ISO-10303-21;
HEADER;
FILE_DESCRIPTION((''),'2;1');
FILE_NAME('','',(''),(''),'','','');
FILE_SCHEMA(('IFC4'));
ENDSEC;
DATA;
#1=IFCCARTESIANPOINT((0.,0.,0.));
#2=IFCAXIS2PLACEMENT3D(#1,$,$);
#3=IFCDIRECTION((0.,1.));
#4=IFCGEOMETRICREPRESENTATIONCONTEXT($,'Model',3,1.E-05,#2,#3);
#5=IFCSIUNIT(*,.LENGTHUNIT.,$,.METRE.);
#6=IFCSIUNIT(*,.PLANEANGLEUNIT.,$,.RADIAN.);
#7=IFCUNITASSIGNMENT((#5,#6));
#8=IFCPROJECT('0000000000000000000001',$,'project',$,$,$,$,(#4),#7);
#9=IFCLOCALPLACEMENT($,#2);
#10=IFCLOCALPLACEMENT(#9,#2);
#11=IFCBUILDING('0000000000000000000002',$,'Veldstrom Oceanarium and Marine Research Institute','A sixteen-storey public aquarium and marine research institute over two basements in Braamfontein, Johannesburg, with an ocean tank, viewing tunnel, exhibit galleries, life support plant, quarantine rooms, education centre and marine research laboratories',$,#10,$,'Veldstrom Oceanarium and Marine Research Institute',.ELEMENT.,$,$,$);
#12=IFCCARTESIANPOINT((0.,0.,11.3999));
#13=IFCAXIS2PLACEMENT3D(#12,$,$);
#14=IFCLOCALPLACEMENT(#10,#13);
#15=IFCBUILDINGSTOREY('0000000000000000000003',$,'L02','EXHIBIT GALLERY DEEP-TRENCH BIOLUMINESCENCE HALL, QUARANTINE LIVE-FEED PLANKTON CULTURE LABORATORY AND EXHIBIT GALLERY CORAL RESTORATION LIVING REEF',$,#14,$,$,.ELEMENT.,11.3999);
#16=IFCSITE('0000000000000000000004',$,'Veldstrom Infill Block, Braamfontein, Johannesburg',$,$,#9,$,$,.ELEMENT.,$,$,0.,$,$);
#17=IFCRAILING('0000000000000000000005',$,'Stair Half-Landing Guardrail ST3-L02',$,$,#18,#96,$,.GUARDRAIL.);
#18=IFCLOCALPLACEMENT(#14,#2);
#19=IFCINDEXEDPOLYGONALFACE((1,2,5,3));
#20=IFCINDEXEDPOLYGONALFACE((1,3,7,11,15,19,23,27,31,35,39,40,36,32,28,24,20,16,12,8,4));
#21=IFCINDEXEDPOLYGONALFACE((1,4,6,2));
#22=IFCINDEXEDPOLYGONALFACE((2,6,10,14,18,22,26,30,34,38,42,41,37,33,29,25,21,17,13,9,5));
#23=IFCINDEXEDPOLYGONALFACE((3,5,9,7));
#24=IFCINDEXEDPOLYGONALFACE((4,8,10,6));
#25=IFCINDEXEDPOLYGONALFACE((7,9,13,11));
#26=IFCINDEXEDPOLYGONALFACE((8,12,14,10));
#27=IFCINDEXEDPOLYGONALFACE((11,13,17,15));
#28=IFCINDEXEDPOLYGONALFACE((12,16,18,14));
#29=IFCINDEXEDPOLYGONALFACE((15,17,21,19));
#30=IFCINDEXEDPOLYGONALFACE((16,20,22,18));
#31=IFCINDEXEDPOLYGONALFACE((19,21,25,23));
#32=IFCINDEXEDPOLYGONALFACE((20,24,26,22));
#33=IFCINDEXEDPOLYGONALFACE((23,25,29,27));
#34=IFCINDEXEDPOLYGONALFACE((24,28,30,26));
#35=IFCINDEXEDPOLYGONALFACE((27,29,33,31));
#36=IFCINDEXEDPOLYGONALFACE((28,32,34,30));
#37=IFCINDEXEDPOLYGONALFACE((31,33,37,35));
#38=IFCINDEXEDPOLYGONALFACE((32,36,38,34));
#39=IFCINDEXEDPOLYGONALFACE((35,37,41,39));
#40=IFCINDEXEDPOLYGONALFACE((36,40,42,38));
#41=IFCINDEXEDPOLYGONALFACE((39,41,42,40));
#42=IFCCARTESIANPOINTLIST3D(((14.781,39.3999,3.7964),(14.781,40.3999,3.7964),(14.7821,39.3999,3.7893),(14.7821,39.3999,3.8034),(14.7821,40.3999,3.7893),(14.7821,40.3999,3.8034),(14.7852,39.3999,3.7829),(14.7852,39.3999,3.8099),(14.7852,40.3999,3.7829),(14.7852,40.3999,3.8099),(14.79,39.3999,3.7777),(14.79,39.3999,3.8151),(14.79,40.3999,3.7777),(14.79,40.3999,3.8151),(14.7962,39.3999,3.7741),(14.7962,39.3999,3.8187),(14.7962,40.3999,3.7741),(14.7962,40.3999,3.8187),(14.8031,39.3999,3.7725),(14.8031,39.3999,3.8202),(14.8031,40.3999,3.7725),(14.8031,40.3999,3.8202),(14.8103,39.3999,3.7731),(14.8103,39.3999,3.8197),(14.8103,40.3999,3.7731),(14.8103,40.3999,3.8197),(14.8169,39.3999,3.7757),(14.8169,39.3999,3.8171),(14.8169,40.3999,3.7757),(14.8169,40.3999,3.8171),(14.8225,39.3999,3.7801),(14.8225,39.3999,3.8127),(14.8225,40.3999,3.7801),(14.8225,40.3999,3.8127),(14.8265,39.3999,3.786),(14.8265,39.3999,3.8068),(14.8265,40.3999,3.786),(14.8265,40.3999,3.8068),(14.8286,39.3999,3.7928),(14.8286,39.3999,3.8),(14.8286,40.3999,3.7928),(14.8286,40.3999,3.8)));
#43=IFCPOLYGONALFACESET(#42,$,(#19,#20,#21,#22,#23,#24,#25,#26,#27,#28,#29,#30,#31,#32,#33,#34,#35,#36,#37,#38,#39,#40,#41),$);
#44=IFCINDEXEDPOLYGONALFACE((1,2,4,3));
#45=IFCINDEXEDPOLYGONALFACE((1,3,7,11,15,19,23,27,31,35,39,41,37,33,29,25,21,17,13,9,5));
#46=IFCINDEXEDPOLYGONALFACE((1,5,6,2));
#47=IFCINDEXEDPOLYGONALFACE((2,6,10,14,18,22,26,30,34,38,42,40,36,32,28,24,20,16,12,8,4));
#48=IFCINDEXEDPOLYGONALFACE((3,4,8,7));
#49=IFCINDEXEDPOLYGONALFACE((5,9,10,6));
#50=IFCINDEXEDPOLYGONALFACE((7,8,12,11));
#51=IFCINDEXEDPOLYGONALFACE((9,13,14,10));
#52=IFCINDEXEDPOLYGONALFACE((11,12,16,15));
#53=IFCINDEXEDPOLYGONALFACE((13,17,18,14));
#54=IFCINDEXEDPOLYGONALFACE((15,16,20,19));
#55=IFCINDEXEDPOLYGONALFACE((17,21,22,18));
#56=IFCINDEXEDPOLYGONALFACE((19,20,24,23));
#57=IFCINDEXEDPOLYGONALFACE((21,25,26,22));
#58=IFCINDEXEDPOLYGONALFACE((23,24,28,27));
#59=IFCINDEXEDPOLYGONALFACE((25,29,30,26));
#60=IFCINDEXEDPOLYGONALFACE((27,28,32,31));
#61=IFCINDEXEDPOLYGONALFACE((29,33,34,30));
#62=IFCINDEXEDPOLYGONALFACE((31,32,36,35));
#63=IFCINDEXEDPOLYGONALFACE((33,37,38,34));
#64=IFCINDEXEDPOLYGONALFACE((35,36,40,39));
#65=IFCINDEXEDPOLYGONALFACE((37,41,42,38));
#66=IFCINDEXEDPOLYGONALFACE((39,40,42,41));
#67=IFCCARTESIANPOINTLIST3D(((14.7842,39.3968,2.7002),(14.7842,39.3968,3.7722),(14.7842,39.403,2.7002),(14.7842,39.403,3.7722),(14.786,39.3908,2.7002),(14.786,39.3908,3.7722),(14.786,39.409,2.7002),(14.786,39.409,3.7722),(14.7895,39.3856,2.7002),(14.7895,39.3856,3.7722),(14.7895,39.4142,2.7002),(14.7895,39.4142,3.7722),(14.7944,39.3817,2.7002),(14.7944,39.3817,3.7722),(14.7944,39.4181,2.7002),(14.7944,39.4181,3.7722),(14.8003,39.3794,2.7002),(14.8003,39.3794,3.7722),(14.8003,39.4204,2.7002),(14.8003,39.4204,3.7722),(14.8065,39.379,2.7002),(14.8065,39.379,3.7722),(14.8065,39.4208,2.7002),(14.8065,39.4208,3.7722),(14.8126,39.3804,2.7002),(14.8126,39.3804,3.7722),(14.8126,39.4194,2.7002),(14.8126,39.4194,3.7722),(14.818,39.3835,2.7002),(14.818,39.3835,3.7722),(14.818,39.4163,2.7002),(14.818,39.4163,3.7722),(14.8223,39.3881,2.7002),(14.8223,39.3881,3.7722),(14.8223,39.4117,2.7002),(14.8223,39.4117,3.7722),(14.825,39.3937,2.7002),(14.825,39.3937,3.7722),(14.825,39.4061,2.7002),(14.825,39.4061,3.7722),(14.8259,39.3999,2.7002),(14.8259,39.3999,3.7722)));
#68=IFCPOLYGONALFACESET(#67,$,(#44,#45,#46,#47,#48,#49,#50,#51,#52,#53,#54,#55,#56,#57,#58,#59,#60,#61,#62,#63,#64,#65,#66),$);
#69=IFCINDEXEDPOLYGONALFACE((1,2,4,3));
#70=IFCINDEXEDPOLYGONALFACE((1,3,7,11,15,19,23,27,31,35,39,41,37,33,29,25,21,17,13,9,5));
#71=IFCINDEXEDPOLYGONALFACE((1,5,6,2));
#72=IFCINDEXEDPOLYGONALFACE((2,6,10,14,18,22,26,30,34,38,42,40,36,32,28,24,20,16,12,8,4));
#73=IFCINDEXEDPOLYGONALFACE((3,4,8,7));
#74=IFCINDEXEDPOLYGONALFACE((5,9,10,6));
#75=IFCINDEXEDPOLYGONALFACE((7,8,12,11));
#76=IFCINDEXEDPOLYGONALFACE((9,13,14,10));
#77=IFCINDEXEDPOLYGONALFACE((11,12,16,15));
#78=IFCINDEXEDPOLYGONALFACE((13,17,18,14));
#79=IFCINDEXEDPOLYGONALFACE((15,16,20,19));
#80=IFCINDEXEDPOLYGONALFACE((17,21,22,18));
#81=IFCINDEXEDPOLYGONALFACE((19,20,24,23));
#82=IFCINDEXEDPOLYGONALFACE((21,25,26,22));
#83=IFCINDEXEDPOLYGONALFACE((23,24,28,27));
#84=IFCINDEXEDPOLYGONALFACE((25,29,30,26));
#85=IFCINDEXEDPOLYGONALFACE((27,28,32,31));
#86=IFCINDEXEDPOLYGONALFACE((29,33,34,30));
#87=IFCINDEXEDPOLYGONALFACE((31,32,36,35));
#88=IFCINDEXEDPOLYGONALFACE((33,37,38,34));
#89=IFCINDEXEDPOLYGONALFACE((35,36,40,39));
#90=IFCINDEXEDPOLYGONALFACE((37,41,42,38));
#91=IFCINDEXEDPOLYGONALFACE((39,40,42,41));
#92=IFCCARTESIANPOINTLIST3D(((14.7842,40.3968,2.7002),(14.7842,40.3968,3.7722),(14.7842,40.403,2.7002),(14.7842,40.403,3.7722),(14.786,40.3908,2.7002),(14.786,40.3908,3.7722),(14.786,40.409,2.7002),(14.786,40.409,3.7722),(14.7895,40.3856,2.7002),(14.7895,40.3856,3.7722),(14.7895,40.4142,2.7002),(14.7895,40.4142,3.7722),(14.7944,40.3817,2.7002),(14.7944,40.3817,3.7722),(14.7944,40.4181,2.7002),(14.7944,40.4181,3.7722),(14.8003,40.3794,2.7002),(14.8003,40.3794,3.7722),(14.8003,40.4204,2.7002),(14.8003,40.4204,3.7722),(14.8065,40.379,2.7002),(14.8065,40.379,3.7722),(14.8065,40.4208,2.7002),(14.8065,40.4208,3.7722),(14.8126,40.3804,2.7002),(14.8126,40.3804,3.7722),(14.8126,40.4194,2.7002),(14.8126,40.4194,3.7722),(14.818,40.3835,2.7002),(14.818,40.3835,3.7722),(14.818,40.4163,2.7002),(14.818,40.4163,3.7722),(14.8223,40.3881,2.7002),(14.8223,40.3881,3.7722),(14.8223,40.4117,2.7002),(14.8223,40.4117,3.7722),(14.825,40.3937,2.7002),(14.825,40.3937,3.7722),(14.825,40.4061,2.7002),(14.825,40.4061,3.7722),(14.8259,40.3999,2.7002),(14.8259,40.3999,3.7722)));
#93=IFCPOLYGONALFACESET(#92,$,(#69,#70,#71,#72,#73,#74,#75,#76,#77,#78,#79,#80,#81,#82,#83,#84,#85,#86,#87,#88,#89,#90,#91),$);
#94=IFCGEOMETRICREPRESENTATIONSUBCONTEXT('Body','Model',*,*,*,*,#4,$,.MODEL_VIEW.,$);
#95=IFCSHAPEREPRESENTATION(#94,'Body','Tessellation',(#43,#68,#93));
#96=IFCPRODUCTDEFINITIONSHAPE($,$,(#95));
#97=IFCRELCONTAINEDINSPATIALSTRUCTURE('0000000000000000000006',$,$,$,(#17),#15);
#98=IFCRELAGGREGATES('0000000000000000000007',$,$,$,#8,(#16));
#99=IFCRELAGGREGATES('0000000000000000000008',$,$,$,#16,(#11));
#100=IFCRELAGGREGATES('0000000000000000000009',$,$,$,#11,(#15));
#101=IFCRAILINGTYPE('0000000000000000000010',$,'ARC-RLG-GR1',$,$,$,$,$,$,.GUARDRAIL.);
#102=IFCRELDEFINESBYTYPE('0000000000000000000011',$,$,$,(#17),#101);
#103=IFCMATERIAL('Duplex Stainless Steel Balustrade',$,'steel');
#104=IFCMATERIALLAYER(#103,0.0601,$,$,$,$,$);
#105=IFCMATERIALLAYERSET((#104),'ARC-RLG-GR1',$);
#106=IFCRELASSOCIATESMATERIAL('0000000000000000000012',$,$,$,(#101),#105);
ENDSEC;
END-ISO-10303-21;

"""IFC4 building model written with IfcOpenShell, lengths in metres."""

from ifc_helpers import new_model, si_unit, direction, frame, origin, origin_2d, place, context, subcontext, project, spatial, circle, extrude, material, layer, layer_set, type_object, element, save


model = new_model("IFC4")

# Units and contexts
model_context = context("Model", 3, precision=1e-05, world=origin(), true_north=direction((0.0, 1.0)))
body_context = subcontext(model_context, "Body", "Model", "MODEL_VIEW")
ifc_project = project(units=[si_unit("LENGTHUNIT", "METRE"), si_unit("PLANEANGLEUNIT", "RADIAN")], contexts=[model_context])

# Site, building, storey
site_placement = place(None, origin())
site = spatial("IfcSite", under=ifc_project, at=site_placement, Name="Veldstrom Infill Block, Braamfontein, Johannesburg", CompositionType="ELEMENT", RefElevation=0.0)
building_placement = place(site_placement, origin())
building = spatial("IfcBuilding", under=site, at=building_placement, Name="Veldstrom Oceanarium and Marine Research Institute", Description="A sixteen-storey public aquarium and marine research institute over two basements in Braamfontein, Johannesburg, with an ocean tank, viewing tunnel, exhibit galleries, life support plant, quarantine rooms, education centre and marine research laboratories", LongName="Veldstrom Oceanarium and Marine Research Institute", CompositionType="ELEMENT")
storey_placement = place(building_placement, frame((0.0, 0.0, 11.3999)))
storey = spatial("IfcBuildingStorey", under=building, at=storey_placement, Name="L02", Description="EXHIBIT GALLERY DEEP-TRENCH BIOLUMINESCENCE HALL, QUARANTINE LIVE-FEED PLANKTON CULTURE LABORATORY AND EXHIBIT GALLERY CORAL RESTORATION LIVING REEF", CompositionType="ELEMENT", Elevation=11.3999)

# Railing
ifc_material_1 = material(Name="Duplex Stainless Steel Balustrade", Category="steel")
ifc_layer_1 = layer(ifc_material_1, 0.0601)
ifc_layer_set_1 = layer_set([ifc_layer_1], Name="ARC-RLG-GR1")
railing_type_1 = type_object("IfcRailingType", Name="ARC-RLG-GR1", PredefinedType="GUARDRAIL", material=ifc_layer_set_1)
railing_1_placement = place(storey_placement, frame((14.8049, 39.3999, 2.7002)))
element("IfcRailing", 1, at=railing_1_placement, inside=storey, type_object=railing_type_1, Name="Stair Half-Landing Guardrail ST3-L02", PredefinedType="GUARDRAIL", context=body_context, shape_type="SweptSolid", body=[
    extrude(circle(Radius=0.0239, at=origin_2d()), frame((0.0, 0.0, 1.0962), z_axis=(0.0, 1.0, 0.0), x_axis=(-1.0, 0.0, 0.0)), (0.0, 0.0, 1.0), 1.0),
    extrude(circle(Radius=0.021, at=origin_2d()), origin(), (0.0, 0.0, 1.0), 1.072),
    extrude(circle(Radius=0.021, at=origin_2d()), frame((0.0, 1.0, 0.0)), (0.0, 0.0, 1.0), 1.072),
])

save(model, "model.ifc")
